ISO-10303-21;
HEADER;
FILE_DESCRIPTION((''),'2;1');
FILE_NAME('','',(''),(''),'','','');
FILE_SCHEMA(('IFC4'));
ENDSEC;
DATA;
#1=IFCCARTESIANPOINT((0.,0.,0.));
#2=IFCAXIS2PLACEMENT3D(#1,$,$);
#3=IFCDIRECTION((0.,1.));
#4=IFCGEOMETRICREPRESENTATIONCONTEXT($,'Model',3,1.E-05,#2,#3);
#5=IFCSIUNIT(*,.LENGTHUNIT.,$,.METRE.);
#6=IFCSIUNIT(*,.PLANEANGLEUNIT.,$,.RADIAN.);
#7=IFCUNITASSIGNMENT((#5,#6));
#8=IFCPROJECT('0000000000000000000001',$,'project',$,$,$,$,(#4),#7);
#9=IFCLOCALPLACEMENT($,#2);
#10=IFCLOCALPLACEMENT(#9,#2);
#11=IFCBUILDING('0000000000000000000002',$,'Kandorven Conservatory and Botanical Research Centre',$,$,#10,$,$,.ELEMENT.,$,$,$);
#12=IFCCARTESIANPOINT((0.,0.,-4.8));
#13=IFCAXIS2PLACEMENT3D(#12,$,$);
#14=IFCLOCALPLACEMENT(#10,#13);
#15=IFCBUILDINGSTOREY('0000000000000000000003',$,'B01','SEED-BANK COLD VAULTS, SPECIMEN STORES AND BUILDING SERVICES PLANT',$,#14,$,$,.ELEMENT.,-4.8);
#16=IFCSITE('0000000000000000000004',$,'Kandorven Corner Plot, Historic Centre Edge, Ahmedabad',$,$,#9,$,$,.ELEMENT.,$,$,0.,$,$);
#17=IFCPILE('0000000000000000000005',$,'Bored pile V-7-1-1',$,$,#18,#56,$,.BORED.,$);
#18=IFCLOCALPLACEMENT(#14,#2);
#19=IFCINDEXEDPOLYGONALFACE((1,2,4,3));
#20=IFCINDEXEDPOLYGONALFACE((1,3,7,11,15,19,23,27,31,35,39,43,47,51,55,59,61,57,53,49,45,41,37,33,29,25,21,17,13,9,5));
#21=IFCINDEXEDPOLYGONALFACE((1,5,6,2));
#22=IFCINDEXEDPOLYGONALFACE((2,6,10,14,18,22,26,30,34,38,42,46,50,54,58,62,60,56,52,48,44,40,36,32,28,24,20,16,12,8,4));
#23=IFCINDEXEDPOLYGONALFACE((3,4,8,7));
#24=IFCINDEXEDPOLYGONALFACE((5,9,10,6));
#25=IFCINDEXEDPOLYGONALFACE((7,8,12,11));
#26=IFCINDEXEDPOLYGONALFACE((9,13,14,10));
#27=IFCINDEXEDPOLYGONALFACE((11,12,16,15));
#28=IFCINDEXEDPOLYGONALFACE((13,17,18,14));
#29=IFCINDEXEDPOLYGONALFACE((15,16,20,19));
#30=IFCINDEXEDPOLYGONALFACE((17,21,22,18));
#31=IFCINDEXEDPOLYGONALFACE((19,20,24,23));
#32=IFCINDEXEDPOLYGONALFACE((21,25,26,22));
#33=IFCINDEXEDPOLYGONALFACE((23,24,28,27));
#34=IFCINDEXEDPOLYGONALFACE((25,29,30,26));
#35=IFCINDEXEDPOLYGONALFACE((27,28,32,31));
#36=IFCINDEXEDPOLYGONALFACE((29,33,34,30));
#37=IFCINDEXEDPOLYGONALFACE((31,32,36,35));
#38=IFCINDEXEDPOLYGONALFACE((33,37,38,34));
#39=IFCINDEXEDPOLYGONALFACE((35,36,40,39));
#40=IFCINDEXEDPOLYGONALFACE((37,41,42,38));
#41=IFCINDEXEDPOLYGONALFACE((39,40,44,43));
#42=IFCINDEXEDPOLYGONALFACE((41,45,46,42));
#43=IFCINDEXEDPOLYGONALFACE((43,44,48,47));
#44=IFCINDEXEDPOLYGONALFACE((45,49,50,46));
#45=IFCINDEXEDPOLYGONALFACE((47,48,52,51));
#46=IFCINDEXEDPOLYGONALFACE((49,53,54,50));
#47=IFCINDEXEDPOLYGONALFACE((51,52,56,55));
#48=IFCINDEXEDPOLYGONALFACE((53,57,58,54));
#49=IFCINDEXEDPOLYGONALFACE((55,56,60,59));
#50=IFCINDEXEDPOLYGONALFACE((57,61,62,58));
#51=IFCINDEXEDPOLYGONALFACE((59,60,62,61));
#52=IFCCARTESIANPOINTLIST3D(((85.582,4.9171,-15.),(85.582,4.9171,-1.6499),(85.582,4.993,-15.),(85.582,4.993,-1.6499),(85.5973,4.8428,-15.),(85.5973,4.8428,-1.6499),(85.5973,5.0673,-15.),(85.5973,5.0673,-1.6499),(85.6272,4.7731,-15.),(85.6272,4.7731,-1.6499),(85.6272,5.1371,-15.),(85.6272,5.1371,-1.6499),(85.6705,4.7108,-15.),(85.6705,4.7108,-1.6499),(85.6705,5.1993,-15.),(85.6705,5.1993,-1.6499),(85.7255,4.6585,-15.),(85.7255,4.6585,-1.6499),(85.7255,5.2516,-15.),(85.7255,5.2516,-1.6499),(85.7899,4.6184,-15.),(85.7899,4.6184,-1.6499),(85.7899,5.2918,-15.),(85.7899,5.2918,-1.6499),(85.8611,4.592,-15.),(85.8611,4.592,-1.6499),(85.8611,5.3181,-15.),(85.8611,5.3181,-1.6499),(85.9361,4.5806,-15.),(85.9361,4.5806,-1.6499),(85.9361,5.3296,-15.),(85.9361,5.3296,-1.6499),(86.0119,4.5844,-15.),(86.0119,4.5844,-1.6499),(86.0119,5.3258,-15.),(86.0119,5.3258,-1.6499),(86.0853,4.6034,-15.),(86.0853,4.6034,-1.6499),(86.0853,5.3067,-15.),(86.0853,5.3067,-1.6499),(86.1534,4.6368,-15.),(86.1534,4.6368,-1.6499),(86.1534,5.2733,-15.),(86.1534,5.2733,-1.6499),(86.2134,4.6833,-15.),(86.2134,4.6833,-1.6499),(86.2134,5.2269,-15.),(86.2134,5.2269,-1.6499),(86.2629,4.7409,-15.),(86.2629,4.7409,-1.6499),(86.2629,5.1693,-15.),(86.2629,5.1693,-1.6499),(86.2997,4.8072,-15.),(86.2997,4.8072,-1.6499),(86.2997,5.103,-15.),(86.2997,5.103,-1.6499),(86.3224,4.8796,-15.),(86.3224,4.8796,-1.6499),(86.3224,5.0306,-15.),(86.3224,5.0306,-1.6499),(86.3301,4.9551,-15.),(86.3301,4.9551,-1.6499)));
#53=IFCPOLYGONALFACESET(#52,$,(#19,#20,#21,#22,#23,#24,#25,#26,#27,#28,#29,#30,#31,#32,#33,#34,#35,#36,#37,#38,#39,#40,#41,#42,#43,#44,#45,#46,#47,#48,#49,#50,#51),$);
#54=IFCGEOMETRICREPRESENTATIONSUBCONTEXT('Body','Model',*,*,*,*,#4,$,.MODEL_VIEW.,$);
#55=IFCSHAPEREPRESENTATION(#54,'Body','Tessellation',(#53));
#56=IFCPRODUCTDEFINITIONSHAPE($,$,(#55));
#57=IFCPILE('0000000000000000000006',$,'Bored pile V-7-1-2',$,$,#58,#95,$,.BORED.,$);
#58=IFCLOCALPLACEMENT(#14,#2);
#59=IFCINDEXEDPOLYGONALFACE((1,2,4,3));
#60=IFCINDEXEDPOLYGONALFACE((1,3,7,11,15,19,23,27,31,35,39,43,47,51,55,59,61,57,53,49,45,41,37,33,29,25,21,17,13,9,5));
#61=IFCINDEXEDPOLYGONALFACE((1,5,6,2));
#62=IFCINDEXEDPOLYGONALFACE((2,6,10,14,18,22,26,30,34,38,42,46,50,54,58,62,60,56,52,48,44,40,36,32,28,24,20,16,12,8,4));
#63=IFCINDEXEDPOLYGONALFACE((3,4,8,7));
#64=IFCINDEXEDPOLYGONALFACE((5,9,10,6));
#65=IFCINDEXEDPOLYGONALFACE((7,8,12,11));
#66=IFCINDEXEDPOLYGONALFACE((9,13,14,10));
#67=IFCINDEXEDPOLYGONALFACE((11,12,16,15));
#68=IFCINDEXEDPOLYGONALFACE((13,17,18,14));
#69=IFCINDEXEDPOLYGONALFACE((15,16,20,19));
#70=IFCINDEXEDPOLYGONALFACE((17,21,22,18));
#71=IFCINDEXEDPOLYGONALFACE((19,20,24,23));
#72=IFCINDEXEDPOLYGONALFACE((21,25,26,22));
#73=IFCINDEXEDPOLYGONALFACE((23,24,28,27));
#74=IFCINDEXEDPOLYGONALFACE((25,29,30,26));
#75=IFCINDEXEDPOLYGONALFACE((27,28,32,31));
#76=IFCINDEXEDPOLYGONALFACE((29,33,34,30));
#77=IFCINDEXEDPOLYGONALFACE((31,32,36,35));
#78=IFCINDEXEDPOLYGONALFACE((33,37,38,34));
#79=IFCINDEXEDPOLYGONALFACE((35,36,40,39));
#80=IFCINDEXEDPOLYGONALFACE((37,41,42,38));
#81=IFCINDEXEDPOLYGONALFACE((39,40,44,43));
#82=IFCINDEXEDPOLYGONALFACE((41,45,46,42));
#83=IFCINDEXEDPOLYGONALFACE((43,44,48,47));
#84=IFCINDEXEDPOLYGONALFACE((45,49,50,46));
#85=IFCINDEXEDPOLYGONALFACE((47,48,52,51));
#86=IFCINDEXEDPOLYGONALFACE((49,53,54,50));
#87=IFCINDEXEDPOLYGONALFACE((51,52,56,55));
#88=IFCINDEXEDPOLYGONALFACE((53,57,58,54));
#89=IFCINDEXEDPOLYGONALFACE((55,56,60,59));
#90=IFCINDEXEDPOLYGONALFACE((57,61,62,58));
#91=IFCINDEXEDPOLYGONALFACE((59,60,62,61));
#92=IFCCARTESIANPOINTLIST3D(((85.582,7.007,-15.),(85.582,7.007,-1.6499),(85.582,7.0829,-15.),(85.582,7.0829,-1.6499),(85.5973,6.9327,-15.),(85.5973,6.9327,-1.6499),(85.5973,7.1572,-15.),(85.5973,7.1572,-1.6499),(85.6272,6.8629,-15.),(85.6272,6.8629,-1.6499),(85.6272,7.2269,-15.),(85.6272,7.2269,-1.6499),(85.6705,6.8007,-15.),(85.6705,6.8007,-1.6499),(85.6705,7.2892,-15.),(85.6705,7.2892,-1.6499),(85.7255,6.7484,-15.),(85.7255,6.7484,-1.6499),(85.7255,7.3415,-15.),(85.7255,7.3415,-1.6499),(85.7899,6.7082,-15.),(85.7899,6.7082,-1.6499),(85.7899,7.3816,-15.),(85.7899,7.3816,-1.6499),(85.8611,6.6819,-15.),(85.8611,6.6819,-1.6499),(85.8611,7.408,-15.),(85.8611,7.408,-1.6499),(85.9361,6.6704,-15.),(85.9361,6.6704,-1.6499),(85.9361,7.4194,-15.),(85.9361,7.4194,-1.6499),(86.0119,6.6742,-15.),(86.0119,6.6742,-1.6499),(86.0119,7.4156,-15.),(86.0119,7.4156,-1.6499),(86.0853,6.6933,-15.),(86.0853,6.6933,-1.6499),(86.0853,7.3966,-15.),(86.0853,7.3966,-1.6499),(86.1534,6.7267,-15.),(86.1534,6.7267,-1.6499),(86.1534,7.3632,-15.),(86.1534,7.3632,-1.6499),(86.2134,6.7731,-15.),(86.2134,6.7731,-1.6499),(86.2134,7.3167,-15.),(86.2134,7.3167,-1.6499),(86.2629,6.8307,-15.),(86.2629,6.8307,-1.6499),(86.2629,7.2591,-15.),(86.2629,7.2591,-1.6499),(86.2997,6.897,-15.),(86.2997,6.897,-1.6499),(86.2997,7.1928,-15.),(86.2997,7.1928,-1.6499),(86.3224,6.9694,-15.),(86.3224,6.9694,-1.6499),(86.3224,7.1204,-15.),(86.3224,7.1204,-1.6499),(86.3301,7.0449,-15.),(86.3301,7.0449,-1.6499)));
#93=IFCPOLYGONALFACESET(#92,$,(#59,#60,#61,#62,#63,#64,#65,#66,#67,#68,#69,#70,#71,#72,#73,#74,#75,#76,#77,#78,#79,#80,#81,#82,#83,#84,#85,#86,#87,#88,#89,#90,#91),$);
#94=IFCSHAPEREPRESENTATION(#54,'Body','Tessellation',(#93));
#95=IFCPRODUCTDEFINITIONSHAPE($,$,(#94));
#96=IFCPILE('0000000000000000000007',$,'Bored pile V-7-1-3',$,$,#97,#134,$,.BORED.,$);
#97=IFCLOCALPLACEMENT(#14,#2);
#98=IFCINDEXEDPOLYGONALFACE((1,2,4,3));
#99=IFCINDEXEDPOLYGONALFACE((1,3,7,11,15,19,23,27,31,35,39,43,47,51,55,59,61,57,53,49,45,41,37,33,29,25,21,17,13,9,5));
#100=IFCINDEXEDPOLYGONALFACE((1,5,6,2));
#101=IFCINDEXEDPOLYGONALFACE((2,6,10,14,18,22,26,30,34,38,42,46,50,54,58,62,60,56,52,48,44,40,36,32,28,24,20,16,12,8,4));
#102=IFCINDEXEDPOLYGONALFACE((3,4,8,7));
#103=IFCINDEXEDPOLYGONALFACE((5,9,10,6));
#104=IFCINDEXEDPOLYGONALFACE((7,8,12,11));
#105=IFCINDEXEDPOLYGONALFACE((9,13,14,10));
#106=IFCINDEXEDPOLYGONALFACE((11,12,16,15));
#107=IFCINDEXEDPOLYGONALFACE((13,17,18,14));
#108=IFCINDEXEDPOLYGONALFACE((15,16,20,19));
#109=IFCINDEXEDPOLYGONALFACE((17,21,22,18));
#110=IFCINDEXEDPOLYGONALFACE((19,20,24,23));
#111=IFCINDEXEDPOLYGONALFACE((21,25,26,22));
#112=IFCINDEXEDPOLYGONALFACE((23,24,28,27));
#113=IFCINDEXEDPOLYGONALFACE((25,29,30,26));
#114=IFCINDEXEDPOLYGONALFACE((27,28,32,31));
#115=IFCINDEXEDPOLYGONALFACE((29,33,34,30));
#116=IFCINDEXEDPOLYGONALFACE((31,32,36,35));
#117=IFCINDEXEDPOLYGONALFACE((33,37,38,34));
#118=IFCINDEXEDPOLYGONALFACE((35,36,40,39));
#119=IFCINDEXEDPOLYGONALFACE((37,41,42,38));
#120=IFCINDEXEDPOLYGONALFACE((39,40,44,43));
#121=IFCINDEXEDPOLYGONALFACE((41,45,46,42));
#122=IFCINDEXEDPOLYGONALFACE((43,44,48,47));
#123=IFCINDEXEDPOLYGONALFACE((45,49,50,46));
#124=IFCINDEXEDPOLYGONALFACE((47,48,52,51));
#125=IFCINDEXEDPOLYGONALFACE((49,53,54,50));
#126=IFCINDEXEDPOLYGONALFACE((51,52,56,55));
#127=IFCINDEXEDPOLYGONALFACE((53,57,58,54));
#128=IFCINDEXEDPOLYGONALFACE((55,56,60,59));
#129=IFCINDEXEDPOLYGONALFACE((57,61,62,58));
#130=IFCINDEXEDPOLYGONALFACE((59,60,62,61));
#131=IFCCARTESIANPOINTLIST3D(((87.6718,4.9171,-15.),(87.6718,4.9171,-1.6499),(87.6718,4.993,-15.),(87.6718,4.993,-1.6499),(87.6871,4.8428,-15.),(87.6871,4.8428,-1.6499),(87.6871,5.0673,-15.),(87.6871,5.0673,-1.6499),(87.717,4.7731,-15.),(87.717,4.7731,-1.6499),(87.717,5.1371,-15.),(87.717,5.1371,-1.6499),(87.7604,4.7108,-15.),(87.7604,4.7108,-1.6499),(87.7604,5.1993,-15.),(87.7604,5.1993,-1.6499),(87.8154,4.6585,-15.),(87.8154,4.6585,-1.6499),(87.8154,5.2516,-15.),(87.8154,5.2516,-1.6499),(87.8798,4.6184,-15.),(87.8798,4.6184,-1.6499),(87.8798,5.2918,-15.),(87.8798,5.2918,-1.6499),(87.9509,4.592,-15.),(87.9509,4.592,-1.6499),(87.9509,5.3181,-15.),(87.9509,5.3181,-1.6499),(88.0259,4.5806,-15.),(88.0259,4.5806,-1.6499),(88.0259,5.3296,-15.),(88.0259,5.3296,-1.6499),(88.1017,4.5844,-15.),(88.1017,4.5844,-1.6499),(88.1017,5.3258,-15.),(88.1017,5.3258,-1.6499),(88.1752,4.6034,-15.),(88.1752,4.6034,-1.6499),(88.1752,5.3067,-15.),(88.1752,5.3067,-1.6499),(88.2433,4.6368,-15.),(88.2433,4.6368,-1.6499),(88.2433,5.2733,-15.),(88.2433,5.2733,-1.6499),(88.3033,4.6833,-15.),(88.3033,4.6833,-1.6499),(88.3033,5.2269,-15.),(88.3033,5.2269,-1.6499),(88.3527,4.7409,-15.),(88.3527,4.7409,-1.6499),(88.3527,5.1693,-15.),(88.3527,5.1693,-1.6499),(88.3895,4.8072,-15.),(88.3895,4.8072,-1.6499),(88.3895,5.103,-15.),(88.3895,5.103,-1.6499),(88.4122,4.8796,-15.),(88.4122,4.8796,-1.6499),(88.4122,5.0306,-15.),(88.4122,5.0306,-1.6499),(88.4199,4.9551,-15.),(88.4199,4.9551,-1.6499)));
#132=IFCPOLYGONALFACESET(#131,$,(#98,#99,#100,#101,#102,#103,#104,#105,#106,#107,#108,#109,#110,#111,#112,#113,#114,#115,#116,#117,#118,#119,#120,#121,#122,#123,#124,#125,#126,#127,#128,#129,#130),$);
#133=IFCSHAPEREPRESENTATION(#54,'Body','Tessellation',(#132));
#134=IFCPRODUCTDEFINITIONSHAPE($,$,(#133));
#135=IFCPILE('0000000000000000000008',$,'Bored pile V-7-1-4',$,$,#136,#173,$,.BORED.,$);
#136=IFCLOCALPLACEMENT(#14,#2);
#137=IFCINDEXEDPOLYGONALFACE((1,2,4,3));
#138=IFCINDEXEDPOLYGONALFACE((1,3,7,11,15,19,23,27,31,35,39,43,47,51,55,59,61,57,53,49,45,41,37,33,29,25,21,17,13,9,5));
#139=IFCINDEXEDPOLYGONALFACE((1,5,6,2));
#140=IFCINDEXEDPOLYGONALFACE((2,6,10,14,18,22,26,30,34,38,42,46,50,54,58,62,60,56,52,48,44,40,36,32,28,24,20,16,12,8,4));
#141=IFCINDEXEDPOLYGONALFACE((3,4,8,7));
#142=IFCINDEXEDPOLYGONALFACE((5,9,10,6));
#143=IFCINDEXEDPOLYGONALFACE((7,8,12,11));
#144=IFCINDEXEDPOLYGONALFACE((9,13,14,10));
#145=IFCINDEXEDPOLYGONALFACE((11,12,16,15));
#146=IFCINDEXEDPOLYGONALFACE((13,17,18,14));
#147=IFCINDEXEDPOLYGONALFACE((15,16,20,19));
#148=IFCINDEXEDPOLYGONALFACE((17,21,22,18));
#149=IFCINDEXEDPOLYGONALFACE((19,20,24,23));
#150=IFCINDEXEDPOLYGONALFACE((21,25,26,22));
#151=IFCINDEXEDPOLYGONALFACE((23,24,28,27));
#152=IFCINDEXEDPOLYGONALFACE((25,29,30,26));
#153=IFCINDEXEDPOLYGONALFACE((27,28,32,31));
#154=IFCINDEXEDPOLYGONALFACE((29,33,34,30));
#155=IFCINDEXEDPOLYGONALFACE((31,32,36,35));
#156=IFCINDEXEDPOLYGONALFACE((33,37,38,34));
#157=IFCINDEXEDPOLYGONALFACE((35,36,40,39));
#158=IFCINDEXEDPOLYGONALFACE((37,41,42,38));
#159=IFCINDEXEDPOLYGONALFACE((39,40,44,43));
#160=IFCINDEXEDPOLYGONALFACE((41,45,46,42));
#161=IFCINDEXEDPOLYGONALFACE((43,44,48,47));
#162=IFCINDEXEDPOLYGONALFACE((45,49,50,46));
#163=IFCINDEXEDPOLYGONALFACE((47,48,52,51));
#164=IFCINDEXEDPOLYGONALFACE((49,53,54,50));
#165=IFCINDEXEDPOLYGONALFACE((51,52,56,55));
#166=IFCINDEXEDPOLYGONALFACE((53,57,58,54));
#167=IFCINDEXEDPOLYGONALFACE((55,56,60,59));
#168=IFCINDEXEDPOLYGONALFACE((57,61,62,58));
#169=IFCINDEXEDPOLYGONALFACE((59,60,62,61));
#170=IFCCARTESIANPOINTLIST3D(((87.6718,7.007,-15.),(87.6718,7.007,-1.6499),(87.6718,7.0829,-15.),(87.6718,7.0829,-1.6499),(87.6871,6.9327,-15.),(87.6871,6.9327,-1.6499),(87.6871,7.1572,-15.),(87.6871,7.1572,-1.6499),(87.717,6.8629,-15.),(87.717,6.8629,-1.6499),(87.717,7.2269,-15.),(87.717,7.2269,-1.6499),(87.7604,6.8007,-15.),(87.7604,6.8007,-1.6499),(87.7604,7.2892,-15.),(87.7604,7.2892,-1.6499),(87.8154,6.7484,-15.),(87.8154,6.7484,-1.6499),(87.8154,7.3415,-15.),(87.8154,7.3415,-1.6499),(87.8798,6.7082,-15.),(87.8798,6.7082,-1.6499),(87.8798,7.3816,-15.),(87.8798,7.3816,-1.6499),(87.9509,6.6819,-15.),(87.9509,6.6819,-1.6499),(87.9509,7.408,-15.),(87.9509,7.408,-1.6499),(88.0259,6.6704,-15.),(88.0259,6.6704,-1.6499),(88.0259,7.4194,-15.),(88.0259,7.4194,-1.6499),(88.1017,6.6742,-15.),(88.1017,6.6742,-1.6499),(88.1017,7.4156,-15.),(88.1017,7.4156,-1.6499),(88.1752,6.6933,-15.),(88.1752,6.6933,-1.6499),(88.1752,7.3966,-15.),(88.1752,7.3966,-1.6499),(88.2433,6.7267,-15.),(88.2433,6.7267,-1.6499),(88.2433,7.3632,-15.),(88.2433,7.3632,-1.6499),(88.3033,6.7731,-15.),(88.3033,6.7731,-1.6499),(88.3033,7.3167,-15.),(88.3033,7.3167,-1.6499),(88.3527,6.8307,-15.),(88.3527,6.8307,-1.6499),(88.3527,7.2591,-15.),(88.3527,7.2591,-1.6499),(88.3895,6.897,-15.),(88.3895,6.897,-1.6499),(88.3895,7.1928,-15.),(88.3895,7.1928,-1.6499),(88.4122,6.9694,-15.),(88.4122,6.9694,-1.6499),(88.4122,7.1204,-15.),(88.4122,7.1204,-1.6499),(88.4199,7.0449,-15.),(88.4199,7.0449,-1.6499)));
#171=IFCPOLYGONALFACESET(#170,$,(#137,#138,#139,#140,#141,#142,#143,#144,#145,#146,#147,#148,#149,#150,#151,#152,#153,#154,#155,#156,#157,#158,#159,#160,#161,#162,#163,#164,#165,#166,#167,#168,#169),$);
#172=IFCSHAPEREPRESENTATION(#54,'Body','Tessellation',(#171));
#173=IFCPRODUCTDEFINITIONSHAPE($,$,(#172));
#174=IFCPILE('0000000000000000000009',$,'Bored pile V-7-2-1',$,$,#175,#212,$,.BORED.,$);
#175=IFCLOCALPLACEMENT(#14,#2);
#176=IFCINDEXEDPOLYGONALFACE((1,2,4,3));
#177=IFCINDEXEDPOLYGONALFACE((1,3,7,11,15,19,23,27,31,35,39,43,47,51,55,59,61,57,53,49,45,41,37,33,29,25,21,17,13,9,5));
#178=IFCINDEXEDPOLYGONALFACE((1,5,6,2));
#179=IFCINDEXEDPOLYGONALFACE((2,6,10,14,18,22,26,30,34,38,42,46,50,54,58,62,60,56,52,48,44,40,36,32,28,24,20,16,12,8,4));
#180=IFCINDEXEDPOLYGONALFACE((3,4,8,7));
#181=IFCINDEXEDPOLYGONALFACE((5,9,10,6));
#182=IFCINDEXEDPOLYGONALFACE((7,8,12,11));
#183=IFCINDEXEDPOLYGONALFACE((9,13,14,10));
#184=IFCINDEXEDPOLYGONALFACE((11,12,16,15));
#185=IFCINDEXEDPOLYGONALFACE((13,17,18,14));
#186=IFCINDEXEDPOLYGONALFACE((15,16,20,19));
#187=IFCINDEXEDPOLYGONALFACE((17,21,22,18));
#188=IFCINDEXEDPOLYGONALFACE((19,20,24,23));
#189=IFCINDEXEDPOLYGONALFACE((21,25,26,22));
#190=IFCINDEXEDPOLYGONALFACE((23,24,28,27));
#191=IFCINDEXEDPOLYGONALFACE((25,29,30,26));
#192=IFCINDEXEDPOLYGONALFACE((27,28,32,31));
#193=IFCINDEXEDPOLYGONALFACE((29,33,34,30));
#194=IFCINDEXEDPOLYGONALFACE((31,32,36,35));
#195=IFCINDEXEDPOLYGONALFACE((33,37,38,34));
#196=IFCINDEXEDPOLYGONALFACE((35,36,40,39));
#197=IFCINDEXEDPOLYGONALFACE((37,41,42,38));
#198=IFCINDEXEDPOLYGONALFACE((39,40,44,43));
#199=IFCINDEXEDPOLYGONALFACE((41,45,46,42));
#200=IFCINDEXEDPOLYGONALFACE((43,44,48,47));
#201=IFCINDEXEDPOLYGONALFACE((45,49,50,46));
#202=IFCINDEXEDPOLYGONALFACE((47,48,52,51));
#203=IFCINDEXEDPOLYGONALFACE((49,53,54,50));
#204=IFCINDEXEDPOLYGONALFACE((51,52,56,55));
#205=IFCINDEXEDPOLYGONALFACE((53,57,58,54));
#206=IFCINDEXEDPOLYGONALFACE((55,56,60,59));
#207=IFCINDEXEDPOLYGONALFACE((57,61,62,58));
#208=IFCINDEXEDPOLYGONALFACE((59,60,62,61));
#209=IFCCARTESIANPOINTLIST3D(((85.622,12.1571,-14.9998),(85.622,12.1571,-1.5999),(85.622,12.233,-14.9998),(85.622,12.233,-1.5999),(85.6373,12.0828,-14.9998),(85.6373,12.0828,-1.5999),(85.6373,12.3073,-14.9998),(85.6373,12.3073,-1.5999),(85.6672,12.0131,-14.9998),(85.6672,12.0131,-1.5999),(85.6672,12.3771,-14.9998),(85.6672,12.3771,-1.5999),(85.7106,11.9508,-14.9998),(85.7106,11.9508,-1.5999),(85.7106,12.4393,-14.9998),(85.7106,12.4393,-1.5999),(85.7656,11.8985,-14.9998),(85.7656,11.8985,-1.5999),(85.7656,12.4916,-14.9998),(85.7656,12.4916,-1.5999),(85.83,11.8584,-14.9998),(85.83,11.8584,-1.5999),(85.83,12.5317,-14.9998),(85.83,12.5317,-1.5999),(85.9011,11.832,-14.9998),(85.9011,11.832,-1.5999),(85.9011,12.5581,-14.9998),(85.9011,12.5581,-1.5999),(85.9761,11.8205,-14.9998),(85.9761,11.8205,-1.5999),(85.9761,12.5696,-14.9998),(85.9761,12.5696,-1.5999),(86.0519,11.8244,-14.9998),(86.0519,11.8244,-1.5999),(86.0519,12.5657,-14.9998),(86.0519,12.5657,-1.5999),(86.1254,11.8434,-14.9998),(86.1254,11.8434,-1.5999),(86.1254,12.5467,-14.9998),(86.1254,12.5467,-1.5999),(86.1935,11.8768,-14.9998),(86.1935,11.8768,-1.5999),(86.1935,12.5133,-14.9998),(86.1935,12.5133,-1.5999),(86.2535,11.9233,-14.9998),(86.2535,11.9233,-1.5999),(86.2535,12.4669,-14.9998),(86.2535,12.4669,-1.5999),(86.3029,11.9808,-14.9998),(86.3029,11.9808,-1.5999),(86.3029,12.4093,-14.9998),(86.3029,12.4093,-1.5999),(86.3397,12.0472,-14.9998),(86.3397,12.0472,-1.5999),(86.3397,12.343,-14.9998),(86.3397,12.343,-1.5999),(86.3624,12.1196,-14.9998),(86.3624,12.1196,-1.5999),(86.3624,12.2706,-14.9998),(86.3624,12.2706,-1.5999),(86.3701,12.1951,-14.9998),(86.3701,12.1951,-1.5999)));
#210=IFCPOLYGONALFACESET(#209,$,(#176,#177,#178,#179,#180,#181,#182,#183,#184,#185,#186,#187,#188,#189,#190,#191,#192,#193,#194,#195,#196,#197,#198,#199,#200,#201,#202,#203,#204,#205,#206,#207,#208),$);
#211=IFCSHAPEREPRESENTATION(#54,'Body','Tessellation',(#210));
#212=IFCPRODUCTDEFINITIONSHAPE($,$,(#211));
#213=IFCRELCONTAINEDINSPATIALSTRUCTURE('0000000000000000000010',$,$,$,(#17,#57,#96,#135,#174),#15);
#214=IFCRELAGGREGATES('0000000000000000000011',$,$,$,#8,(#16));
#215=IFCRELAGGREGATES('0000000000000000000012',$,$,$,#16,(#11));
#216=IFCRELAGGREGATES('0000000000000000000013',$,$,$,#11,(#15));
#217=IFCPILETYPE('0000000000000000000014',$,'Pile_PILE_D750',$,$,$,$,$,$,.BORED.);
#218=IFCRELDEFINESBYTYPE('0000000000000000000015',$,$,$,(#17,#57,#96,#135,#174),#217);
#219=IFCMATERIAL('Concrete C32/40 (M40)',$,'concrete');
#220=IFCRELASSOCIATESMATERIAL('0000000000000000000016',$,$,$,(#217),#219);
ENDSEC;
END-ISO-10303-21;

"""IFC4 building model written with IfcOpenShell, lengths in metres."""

from ifc_helpers import new_model, si_unit, direction, frame, origin, origin_2d, place, context, subcontext, project, spatial, circle, extrude, material, material_profile, profile_set, type_object, element, save


model = new_model("IFC4")

# Units and contexts
model_context = context("Model", 3, precision=1e-05, world=origin(), true_north=direction((0.0, 1.0)))
body_context = subcontext(model_context, "Body", "Model", "MODEL_VIEW")
ifc_project = project(units=[si_unit("LENGTHUNIT", "METRE"), si_unit("PLANEANGLEUNIT", "RADIAN")], contexts=[model_context])

# Site, building, storey
site_placement = place(None, origin())
site = spatial("IfcSite", under=ifc_project, at=site_placement, Name="Kandorven Corner Plot, Historic Centre Edge, Ahmedabad", CompositionType="ELEMENT", RefElevation=0.0)
building_placement = place(site_placement, origin())
building = spatial("IfcBuilding", under=site, at=building_placement, Name="Kandorven Conservatory and Botanical Research Centre", CompositionType="ELEMENT")
storey_placement = place(building_placement, frame((0.0, 0.0, -4.8)))
storey = spatial("IfcBuildingStorey", under=building, at=storey_placement, Name="B01", Description="SEED-BANK COLD VAULTS, SPECIMEN STORES AND BUILDING SERVICES PLANT", CompositionType="ELEMENT", Elevation=-4.8)

# Piles
ifc_material_1 = material(Name="Concrete C32/40 (M40)", Category="concrete")
ifc_material_profile_1 = material_profile(ifc_material_1, circle(Radius=0.375, at=origin_2d()))
ifc_profile_set_1 = profile_set([ifc_material_profile_1], Name="Concrete C32/40 (M40)")
pile_type = type_object("IfcPileType", Name="Pile_PILE_D750", PredefinedType="BORED", material=ifc_profile_set_1)
for number, where, z_axis, x_axis, name in (
    (1, (85.9551, 4.9551, -1.6499), (0.0, 0.0, -1.0), (1.0, 0.0, 0.0), "Bored pile V-7-1-1"),
    (2, (85.9551, 7.0449, -1.6499), (0.0, 0.0, -1.0), (1.0, 0.0, 0.0), "Bored pile V-7-1-2"),
    (3, (88.0449, 4.9551, -1.6499), (0.0, 0.0, -1.0), (1.0, 0.0, 0.0), "Bored pile V-7-1-3"),
    (4, (88.0449, 7.0449, -1.6499), (0.0, 0.0, -1.0), (1.0, 0.0, 0.0), "Bored pile V-7-1-4"),
):
    element("IfcPile", number, at=place(storey_placement, frame(where, z_axis=z_axis, x_axis=x_axis)), inside=storey, type_object=pile_type, Name=name, PredefinedType="BORED", context=body_context, shape_type="SweptSolid", body=[
        extrude(circle(Radius=0.375, at=origin_2d()), origin(), (0.0, 0.0, 1.0), 13.3501),
    ])
for number, where, z_axis, x_axis, name in (
    (5, (85.9951, 12.1951, -1.5999), (0.0, 0.0, -1.0), (1.0, 0.0, 0.0), "Bored pile V-7-2-1"),
):
    element("IfcPile", number, at=place(storey_placement, frame(where, z_axis=z_axis, x_axis=x_axis)), inside=storey, type_object=pile_type, Name=name, PredefinedType="BORED", context=body_context, shape_type="SweptSolid", body=[
        extrude(circle(Radius=0.375, at=origin_2d()), origin(), (0.0, 0.0, 1.0), 13.3999),
    ])

save(model, "model.ifc")
